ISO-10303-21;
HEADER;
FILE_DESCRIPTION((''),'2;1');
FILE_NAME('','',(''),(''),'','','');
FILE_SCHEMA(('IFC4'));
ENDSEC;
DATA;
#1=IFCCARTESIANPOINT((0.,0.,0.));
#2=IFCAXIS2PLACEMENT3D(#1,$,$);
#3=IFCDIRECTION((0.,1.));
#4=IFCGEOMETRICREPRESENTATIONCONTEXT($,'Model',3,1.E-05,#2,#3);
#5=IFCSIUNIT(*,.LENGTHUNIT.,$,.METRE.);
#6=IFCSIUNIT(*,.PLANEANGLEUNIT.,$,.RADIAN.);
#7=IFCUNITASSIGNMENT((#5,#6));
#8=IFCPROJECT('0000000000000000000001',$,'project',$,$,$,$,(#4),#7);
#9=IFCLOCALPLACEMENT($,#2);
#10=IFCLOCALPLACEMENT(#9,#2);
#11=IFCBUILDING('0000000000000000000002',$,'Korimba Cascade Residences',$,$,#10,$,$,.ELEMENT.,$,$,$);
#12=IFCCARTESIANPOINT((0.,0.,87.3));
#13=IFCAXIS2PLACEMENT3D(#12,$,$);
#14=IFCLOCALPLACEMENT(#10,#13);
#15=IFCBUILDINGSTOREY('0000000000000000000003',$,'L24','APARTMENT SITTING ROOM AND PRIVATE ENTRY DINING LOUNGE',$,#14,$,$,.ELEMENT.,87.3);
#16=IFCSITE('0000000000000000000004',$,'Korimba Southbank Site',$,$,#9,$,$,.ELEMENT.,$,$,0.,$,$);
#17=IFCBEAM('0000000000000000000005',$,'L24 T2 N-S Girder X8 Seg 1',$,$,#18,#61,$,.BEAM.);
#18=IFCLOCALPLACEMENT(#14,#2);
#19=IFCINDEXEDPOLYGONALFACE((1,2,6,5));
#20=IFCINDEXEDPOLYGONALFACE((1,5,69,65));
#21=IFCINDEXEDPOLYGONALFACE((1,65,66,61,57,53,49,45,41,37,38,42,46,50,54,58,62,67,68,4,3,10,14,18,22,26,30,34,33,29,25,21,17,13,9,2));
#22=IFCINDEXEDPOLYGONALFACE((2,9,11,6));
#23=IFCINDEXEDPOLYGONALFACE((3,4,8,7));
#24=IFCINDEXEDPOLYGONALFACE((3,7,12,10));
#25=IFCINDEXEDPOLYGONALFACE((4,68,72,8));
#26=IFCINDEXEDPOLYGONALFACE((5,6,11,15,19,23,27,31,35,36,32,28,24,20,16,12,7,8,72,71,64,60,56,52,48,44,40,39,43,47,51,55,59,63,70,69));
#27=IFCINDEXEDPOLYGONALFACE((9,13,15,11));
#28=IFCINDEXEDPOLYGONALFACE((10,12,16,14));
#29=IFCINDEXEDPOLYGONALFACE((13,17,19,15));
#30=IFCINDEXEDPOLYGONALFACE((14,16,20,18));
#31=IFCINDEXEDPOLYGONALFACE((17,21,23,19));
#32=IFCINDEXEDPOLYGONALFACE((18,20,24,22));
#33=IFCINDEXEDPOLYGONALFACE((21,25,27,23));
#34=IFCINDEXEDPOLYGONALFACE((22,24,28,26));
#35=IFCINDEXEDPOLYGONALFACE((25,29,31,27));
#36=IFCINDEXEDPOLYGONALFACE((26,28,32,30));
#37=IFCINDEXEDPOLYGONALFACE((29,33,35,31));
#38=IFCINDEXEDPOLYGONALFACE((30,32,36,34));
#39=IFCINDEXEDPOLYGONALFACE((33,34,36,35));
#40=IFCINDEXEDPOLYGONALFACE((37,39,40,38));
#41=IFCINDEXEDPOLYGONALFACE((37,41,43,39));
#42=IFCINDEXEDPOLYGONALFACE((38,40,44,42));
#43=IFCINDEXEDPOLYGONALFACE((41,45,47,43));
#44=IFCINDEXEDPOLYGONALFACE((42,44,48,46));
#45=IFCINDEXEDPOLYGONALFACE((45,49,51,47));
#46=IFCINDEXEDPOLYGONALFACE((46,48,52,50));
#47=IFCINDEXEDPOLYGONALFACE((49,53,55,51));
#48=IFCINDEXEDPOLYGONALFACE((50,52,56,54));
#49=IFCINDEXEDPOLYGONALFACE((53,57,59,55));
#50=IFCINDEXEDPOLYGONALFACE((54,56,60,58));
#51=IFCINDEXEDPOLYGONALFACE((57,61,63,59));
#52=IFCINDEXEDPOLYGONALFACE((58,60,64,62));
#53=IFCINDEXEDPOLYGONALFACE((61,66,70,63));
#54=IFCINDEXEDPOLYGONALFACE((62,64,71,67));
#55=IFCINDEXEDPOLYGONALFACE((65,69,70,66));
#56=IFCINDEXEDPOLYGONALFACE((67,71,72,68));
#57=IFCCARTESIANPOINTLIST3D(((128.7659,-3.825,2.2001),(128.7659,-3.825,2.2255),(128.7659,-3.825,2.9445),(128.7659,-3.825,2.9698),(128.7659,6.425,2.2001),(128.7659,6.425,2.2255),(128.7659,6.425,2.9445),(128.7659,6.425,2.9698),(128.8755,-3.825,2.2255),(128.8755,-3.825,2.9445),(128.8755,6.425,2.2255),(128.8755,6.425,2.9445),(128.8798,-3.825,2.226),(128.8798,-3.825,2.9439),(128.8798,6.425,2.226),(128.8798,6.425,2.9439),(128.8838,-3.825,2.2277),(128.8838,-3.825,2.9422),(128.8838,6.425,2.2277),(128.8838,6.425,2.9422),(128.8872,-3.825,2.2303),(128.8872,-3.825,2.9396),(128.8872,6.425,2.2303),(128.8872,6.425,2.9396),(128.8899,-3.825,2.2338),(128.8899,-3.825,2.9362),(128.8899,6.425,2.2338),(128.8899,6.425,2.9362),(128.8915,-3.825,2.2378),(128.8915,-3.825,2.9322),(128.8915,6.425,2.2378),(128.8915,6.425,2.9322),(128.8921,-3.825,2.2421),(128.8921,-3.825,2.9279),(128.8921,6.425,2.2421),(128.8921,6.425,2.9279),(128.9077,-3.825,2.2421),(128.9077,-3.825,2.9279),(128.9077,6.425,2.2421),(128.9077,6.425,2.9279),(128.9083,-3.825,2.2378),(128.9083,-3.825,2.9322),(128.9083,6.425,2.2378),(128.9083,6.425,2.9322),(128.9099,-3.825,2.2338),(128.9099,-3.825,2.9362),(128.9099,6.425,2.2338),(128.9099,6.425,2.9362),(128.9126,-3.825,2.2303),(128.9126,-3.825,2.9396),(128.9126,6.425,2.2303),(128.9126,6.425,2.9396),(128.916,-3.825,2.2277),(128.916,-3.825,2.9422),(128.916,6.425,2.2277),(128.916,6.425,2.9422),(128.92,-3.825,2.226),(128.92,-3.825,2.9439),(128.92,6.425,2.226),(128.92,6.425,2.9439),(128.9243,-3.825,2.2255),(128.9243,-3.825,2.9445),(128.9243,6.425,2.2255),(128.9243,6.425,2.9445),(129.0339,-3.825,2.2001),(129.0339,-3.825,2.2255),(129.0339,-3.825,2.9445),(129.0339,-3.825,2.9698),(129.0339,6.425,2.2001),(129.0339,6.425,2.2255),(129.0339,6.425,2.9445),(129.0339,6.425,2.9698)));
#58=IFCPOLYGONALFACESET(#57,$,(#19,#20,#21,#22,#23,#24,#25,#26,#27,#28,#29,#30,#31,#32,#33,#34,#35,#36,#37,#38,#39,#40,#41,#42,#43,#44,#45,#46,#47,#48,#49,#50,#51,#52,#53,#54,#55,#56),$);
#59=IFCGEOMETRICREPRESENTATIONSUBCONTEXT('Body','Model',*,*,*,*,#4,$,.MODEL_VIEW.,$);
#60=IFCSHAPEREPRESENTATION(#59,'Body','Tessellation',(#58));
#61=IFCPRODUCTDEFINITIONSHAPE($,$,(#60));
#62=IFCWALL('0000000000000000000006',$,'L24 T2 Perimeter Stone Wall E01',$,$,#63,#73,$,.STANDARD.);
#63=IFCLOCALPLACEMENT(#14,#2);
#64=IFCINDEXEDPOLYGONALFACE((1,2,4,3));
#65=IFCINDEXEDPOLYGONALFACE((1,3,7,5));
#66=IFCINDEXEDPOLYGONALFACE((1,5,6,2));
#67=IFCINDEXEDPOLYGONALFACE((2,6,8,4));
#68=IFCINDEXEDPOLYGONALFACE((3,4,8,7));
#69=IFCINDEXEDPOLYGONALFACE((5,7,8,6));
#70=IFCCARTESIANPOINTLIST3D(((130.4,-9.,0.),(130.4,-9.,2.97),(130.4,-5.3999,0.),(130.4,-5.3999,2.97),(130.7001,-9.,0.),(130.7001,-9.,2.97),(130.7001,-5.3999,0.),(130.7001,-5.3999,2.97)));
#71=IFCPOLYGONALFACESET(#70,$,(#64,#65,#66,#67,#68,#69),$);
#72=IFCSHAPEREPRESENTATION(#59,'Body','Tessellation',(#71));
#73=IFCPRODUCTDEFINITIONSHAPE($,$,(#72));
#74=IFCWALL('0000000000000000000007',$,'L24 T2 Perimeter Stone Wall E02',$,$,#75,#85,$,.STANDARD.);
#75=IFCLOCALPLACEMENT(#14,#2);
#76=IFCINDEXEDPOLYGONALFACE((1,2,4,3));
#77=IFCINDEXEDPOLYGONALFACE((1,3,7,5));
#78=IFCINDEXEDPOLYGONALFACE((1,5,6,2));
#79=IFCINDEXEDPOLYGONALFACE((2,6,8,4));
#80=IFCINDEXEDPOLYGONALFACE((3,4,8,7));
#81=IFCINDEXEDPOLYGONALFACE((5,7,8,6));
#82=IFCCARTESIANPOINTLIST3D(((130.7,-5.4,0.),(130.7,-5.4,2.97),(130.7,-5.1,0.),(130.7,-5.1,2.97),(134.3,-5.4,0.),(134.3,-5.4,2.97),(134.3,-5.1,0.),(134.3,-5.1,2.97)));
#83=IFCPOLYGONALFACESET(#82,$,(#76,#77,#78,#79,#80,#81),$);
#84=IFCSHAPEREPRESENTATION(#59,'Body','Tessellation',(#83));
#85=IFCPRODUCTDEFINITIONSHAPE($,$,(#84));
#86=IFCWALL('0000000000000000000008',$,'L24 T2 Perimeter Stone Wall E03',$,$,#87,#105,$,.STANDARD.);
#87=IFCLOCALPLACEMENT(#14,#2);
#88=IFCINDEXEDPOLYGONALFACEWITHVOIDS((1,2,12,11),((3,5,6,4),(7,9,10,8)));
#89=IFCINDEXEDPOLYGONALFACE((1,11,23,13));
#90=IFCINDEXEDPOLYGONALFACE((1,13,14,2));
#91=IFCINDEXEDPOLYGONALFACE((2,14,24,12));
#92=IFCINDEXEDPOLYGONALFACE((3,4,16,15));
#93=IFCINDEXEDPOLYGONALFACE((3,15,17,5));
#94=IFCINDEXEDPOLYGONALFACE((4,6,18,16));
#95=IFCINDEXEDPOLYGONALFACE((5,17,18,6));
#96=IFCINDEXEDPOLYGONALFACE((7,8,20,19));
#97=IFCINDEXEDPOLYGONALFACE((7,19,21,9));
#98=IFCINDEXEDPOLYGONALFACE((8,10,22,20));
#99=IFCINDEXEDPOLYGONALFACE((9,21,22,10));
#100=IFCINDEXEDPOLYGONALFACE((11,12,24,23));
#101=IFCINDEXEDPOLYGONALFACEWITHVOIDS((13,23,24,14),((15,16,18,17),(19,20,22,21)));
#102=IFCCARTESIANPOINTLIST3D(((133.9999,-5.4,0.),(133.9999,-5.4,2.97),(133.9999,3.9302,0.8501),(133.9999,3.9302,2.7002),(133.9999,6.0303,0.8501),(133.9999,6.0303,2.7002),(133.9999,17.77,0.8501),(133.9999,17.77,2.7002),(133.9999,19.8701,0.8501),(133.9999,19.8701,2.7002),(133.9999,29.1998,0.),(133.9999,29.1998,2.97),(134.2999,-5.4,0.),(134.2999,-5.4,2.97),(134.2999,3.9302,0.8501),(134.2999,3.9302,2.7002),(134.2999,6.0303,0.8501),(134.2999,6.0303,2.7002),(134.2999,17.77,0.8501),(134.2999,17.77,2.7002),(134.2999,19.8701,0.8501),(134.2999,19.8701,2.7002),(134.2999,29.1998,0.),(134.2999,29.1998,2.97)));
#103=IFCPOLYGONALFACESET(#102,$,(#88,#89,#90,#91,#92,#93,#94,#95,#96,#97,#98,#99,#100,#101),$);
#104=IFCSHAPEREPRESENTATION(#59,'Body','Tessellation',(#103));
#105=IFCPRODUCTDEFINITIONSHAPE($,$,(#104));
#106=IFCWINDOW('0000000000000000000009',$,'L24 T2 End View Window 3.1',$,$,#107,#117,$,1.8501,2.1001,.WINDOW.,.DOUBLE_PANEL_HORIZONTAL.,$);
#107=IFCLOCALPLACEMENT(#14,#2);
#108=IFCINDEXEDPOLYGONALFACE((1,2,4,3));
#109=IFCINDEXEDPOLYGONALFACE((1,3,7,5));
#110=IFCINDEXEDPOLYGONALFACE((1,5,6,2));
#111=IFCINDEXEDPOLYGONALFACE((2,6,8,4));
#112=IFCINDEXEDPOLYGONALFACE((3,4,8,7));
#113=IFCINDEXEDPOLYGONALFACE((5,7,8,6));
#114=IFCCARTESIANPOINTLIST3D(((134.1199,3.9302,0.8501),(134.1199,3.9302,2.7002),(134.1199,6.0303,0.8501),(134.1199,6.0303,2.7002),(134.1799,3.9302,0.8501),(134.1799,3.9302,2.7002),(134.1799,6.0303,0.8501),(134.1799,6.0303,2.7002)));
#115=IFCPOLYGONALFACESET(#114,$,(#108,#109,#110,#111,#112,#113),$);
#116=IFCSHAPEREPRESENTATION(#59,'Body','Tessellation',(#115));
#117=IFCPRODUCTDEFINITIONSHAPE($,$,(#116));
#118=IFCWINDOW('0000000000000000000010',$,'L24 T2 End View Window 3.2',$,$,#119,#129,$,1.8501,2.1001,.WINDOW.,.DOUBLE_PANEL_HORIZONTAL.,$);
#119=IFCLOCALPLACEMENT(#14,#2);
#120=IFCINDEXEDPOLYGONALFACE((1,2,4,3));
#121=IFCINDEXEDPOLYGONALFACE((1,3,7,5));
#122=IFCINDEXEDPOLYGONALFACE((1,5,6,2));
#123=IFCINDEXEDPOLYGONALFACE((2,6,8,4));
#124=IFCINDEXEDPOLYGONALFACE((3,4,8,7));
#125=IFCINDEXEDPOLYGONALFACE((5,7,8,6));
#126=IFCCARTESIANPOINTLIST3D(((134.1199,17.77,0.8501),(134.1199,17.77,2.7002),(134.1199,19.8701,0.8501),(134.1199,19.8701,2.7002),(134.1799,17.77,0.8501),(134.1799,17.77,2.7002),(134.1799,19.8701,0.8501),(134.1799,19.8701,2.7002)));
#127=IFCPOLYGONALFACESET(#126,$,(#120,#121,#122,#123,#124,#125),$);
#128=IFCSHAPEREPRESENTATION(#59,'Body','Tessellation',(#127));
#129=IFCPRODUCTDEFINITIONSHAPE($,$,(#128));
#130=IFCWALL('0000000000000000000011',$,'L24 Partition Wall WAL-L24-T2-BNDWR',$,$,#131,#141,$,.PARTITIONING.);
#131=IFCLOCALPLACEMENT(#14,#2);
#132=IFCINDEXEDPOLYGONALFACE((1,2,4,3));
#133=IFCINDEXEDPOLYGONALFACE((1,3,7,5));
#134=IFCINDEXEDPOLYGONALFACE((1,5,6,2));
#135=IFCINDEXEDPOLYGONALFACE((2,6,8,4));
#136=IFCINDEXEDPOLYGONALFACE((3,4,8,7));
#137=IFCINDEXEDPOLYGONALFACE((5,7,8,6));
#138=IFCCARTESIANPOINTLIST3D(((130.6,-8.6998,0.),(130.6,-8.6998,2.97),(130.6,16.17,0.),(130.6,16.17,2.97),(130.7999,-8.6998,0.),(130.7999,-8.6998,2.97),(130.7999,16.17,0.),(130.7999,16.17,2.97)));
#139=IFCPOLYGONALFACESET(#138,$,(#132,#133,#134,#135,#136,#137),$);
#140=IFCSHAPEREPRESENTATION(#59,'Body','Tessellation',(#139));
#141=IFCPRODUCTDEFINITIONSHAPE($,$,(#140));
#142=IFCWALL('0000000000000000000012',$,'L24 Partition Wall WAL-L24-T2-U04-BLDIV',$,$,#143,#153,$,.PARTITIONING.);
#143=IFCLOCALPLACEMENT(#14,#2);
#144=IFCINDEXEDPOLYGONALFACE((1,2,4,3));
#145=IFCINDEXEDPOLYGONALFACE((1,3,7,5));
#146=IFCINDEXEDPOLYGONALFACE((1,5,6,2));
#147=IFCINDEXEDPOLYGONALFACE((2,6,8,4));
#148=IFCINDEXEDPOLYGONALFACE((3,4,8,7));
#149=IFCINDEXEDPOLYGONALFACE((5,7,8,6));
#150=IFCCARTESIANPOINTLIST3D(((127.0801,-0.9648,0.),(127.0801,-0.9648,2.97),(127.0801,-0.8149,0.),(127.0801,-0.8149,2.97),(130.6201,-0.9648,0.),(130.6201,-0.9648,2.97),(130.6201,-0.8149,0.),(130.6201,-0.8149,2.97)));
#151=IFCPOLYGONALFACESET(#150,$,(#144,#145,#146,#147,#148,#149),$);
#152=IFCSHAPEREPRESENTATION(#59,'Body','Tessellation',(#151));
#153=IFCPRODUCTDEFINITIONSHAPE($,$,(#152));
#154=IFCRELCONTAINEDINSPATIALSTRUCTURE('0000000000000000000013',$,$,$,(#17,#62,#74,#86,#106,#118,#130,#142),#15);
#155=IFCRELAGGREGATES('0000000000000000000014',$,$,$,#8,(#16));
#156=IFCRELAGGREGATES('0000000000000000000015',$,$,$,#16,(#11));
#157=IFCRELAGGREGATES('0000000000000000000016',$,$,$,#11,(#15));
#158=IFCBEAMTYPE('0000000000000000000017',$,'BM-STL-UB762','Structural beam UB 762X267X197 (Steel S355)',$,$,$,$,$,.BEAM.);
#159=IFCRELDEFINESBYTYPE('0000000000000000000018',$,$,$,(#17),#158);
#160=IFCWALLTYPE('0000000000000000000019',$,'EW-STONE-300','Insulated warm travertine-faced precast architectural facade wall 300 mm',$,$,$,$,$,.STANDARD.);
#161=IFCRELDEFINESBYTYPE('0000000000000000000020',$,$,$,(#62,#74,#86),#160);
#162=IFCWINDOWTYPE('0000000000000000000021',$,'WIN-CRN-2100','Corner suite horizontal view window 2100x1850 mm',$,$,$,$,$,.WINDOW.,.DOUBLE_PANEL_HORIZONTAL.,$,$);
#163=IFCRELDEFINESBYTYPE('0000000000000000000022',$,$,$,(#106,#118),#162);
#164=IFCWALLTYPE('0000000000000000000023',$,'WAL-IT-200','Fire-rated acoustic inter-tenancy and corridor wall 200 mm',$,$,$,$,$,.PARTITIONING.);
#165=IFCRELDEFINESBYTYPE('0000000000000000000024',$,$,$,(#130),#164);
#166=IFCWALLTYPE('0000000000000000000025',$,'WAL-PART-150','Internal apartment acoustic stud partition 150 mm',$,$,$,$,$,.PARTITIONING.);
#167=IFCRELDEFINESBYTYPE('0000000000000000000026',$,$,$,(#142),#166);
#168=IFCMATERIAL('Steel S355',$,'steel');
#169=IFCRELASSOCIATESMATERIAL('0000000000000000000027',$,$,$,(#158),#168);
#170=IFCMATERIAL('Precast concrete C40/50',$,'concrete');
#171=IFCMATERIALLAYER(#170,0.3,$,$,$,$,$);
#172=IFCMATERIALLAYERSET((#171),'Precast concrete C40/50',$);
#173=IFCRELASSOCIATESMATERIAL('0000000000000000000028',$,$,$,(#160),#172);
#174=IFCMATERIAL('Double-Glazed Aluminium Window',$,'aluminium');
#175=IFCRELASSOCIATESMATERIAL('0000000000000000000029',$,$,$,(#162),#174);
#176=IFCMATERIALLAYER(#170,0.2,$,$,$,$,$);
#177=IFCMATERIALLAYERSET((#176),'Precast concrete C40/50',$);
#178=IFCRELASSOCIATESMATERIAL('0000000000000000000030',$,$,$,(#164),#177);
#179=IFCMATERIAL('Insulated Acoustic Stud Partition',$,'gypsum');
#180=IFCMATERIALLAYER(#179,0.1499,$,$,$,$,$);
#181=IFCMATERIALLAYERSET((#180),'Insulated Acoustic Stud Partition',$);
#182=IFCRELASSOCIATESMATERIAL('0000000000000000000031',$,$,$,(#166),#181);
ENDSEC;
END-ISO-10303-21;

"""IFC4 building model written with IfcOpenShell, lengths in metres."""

from ifc_helpers import new_model, si_unit, direction, frame, frame_2d, origin, origin_2d, place, context, subcontext, project, spatial, rectangle, i_section, extrude, material, layer, layer_set, material_profile, profile_set, type_object, element, fill, save


model = new_model("IFC4")

# Units and contexts
model_context = context("Model", 3, precision=1e-05, world=origin(), true_north=direction((0.0, 1.0)))
body_context = subcontext(model_context, "Body", "Model", "MODEL_VIEW")
ifc_project = project(units=[si_unit("LENGTHUNIT", "METRE"), si_unit("PLANEANGLEUNIT", "RADIAN")], contexts=[model_context])

# Site, building, storey
site_placement = place(None, origin())
site = spatial("IfcSite", under=ifc_project, at=site_placement, Name="Korimba Southbank Site", CompositionType="ELEMENT", RefElevation=0.0)
building_placement = place(site_placement, origin())
building = spatial("IfcBuilding", under=site, at=building_placement, Name="Korimba Cascade Residences", CompositionType="ELEMENT")
storey_placement = place(building_placement, frame((0.0, 0.0, 87.3)))
storey = spatial("IfcBuildingStorey", under=building, at=storey_placement, Name="L24", Description="APARTMENT SITTING ROOM AND PRIVATE ENTRY DINING LOUNGE", CompositionType="ELEMENT", Elevation=87.3)

# Beam
ifc_material_1 = material(Name="Steel S355", Category="steel")
ifc_material_profile_1 = material_profile(ifc_material_1, i_section(OverallWidth=0.2681, OverallDepth=0.7698, WebThickness=0.0156, FlangeThickness=0.0254, FilletRadius=0.0166, at=origin_2d()), Name="Steel S355")
ifc_profile_set_1 = profile_set([ifc_material_profile_1], Name="Steel S355")
beam_type_1 = type_object("IfcBeamType", Name="BM-STL-UB762", Description="Structural beam UB 762X267X197 (Steel S355)", PredefinedType="BEAM", material=ifc_profile_set_1)
for number, where, z_axis, x_axis, name in (
    (1, (128.8999, -3.825, 2.585), (0.0, 1.0, 0.0), (-1.0, 0.0, 0.0), "L24 T2 N-S Girder X8 Seg 1"),
):
    element("IfcBeam", number, at=place(storey_placement, frame(where, z_axis=z_axis, x_axis=x_axis)), inside=storey, type_object=beam_type_1, Name=name, PredefinedType="BEAM", context=body_context, shape_type="SweptSolid", body=[
        extrude(i_section(OverallWidth=0.2681, OverallDepth=0.7698, WebThickness=0.0156, FlangeThickness=0.0254, FilletRadius=0.0166, at=origin_2d()), origin(), (0.0, 0.0, 1.0), 10.25),
    ])

# Walls
ifc_material_2 = material(Name="Precast concrete C40/50", Category="concrete")
ifc_layer_1 = layer(ifc_material_2, 0.3)
ifc_layer_set_1 = layer_set([ifc_layer_1], Name="Precast concrete C40/50")
wall_type_1 = type_object("IfcWallType", Name="EW-STONE-300", Description="Insulated warm travertine-faced precast architectural facade wall 300 mm", PredefinedType="STANDARD", material=ifc_layer_set_1)
for number, where, z_axis, x_axis, name in (
    (2, (130.55, -9.0, 0.0), (0.0, 0.0, 1.0), (0.0, 1.0, 0.0), "L24 T2 Perimeter Stone Wall E01"),
    (3, (130.7, -5.25, 0.0), (0.0, 0.0, 1.0), (1.0, 0.0, 0.0), "L24 T2 Perimeter Stone Wall E02"),
):
    element("IfcWall", number, at=place(storey_placement, frame(where, z_axis=z_axis, x_axis=x_axis)), inside=storey, type_object=wall_type_1, Name=name, PredefinedType="STANDARD", context=body_context, shape_type="SweptSolid", body=[
        extrude(rectangle(XDim=3.6001, YDim=0.3, at=frame_2d((1.8, 0.0))), origin(), (0.0, 0.0, 1.0), 2.97),
    ])

# Wall, openings, windows
wall_1_placement = place(storey_placement, frame((134.1499, -5.3999, 0.0), z_axis=(0.0, 0.0, 1.0), x_axis=(0.0, 1.0, 0.0)))
wall_1 = element("IfcWall", 4, at=wall_1_placement, inside=storey, type_object=wall_type_1, Name="L24 T2 Perimeter Stone Wall E03", PredefinedType="STANDARD", context=body_context, shape_type="SweptSolid", body=[
    extrude(rectangle(XDim=34.5999, YDim=0.3, at=frame_2d((17.2998, 0.0))), origin(), (0.0, 0.0, 1.0), 2.97),
])
opening_1_placement = place(wall_1_placement, frame((9.3301, 0.0, 0.8501)))
opening_1 = element("IfcOpeningElement", 5, at=opening_1_placement, cuts=wall_1, PredefinedType="OPENING", context=body_context, shape_type="SweptSolid", body=[
    extrude(rectangle(XDim=2.1001, YDim=1.8501, at=frame_2d((1.05, 0.925))), frame((0.0, 0.1602, 0.0), z_axis=(0.0, -1.0, 0.0), x_axis=(1.0, 0.0, 0.0)), (0.0, 0.0, 1.0), 0.3201),
])
opening_2_placement = place(wall_1_placement, frame((23.1699, 0.0, 0.8501)))
opening_2 = element("IfcOpeningElement", 6, at=opening_2_placement, cuts=wall_1, PredefinedType="OPENING", context=body_context, shape_type="SweptSolid", body=[
    extrude(rectangle(XDim=2.1001, YDim=1.8501, at=frame_2d((1.05, 0.925))), frame((0.0, 0.1602, 0.0), z_axis=(0.0, -1.0, 0.0), x_axis=(1.0, 0.0, 0.0)), (0.0, 0.0, 1.0), 0.3201),
])
ifc_material_3 = material(Name="Double-Glazed Aluminium Window", Category="aluminium")
window_type = type_object("IfcWindowType", Name="WIN-CRN-2100", Description="Corner suite horizontal view window 2100x1850 mm", PartitioningType="DOUBLE_PANEL_HORIZONTAL", PredefinedType="WINDOW", material=ifc_material_3)
window_1_placement = place(opening_1_placement, origin())
window_1 = element("IfcWindow", 7, at=window_1_placement, inside=storey, type_object=window_type, Name="L24 T2 End View Window 3.1", OverallHeight=1.8501, OverallWidth=2.1001, PartitioningType="DOUBLE_PANEL_HORIZONTAL", PredefinedType="WINDOW", context=body_context, shape_type="SweptSolid", body=[
    extrude(rectangle(XDim=2.1001, YDim=1.8501, at=frame_2d((1.05, 0.925))), frame((0.0, 0.03, 0.0), z_axis=(0.0, -1.0, 0.0), x_axis=(1.0, 0.0, 0.0)), (0.0, 0.0, 1.0), 0.0601),
])
fill(opening_1, window_1)
window_2_placement = place(opening_2_placement, origin())
window_2 = element("IfcWindow", 8, at=window_2_placement, inside=storey, type_object=window_type, Name="L24 T2 End View Window 3.2", OverallHeight=1.8501, OverallWidth=2.1001, PartitioningType="DOUBLE_PANEL_HORIZONTAL", PredefinedType="WINDOW", context=body_context, shape_type="SweptSolid", body=[
    extrude(rectangle(XDim=2.1001, YDim=1.8501, at=frame_2d((1.05, 0.925))), frame((0.0, 0.03, 0.0), z_axis=(0.0, -1.0, 0.0), x_axis=(1.0, 0.0, 0.0)), (0.0, 0.0, 1.0), 0.0601),
])
fill(opening_2, window_2)

# Walls
ifc_layer_2 = layer(ifc_material_2, 0.2)
ifc_layer_set_2 = layer_set([ifc_layer_2], Name="Precast concrete C40/50")
wall_type_2 = type_object("IfcWallType", Name="WAL-IT-200", Description="Fire-rated acoustic inter-tenancy and corridor wall 200 mm", PredefinedType="PARTITIONING", material=ifc_layer_set_2)
wall_2_placement = place(storey_placement, frame((130.7, -8.7, 0.0), z_axis=(0.0, 0.0, 1.0), x_axis=(0.0, 1.0, 0.0)))
element("IfcWall", 9, at=wall_2_placement, inside=storey, type_object=wall_type_2, Name="L24 Partition Wall WAL-L24-T2-BNDWR", PredefinedType="PARTITIONING", context=body_context, shape_type="SweptSolid", body=[
    extrude(rectangle(XDim=24.8699, YDim=0.2, at=frame_2d((12.4351, 0.0))), origin(), (0.0, 0.0, 1.0), 2.97),
])
ifc_material_4 = material(Name="Insulated Acoustic Stud Partition", Category="gypsum")
ifc_layer_3 = layer(ifc_material_4, 0.1499)
ifc_layer_set_3 = layer_set([ifc_layer_3], Name="Insulated Acoustic Stud Partition")
wall_type_3 = type_object("IfcWallType", Name="WAL-PART-150", Description="Internal apartment acoustic stud partition 150 mm", PredefinedType="PARTITIONING", material=ifc_layer_set_3)
wall_3_placement = place(storey_placement, frame((127.0801, -0.8899, 0.0), z_axis=(0.0, 0.0, 1.0), x_axis=(1.0, 0.0, 0.0)))
element("IfcWall", 10, at=wall_3_placement, inside=storey, type_object=wall_type_3, Name="L24 Partition Wall WAL-L24-T2-U04-BLDIV", PredefinedType="PARTITIONING", context=body_context, shape_type="SweptSolid", body=[
    extrude(rectangle(XDim=3.54, YDim=0.1499, at=frame_2d((1.77, 0.0))), origin(), (0.0, 0.0, 1.0), 2.97),
])

save(model, "model.ifc")
